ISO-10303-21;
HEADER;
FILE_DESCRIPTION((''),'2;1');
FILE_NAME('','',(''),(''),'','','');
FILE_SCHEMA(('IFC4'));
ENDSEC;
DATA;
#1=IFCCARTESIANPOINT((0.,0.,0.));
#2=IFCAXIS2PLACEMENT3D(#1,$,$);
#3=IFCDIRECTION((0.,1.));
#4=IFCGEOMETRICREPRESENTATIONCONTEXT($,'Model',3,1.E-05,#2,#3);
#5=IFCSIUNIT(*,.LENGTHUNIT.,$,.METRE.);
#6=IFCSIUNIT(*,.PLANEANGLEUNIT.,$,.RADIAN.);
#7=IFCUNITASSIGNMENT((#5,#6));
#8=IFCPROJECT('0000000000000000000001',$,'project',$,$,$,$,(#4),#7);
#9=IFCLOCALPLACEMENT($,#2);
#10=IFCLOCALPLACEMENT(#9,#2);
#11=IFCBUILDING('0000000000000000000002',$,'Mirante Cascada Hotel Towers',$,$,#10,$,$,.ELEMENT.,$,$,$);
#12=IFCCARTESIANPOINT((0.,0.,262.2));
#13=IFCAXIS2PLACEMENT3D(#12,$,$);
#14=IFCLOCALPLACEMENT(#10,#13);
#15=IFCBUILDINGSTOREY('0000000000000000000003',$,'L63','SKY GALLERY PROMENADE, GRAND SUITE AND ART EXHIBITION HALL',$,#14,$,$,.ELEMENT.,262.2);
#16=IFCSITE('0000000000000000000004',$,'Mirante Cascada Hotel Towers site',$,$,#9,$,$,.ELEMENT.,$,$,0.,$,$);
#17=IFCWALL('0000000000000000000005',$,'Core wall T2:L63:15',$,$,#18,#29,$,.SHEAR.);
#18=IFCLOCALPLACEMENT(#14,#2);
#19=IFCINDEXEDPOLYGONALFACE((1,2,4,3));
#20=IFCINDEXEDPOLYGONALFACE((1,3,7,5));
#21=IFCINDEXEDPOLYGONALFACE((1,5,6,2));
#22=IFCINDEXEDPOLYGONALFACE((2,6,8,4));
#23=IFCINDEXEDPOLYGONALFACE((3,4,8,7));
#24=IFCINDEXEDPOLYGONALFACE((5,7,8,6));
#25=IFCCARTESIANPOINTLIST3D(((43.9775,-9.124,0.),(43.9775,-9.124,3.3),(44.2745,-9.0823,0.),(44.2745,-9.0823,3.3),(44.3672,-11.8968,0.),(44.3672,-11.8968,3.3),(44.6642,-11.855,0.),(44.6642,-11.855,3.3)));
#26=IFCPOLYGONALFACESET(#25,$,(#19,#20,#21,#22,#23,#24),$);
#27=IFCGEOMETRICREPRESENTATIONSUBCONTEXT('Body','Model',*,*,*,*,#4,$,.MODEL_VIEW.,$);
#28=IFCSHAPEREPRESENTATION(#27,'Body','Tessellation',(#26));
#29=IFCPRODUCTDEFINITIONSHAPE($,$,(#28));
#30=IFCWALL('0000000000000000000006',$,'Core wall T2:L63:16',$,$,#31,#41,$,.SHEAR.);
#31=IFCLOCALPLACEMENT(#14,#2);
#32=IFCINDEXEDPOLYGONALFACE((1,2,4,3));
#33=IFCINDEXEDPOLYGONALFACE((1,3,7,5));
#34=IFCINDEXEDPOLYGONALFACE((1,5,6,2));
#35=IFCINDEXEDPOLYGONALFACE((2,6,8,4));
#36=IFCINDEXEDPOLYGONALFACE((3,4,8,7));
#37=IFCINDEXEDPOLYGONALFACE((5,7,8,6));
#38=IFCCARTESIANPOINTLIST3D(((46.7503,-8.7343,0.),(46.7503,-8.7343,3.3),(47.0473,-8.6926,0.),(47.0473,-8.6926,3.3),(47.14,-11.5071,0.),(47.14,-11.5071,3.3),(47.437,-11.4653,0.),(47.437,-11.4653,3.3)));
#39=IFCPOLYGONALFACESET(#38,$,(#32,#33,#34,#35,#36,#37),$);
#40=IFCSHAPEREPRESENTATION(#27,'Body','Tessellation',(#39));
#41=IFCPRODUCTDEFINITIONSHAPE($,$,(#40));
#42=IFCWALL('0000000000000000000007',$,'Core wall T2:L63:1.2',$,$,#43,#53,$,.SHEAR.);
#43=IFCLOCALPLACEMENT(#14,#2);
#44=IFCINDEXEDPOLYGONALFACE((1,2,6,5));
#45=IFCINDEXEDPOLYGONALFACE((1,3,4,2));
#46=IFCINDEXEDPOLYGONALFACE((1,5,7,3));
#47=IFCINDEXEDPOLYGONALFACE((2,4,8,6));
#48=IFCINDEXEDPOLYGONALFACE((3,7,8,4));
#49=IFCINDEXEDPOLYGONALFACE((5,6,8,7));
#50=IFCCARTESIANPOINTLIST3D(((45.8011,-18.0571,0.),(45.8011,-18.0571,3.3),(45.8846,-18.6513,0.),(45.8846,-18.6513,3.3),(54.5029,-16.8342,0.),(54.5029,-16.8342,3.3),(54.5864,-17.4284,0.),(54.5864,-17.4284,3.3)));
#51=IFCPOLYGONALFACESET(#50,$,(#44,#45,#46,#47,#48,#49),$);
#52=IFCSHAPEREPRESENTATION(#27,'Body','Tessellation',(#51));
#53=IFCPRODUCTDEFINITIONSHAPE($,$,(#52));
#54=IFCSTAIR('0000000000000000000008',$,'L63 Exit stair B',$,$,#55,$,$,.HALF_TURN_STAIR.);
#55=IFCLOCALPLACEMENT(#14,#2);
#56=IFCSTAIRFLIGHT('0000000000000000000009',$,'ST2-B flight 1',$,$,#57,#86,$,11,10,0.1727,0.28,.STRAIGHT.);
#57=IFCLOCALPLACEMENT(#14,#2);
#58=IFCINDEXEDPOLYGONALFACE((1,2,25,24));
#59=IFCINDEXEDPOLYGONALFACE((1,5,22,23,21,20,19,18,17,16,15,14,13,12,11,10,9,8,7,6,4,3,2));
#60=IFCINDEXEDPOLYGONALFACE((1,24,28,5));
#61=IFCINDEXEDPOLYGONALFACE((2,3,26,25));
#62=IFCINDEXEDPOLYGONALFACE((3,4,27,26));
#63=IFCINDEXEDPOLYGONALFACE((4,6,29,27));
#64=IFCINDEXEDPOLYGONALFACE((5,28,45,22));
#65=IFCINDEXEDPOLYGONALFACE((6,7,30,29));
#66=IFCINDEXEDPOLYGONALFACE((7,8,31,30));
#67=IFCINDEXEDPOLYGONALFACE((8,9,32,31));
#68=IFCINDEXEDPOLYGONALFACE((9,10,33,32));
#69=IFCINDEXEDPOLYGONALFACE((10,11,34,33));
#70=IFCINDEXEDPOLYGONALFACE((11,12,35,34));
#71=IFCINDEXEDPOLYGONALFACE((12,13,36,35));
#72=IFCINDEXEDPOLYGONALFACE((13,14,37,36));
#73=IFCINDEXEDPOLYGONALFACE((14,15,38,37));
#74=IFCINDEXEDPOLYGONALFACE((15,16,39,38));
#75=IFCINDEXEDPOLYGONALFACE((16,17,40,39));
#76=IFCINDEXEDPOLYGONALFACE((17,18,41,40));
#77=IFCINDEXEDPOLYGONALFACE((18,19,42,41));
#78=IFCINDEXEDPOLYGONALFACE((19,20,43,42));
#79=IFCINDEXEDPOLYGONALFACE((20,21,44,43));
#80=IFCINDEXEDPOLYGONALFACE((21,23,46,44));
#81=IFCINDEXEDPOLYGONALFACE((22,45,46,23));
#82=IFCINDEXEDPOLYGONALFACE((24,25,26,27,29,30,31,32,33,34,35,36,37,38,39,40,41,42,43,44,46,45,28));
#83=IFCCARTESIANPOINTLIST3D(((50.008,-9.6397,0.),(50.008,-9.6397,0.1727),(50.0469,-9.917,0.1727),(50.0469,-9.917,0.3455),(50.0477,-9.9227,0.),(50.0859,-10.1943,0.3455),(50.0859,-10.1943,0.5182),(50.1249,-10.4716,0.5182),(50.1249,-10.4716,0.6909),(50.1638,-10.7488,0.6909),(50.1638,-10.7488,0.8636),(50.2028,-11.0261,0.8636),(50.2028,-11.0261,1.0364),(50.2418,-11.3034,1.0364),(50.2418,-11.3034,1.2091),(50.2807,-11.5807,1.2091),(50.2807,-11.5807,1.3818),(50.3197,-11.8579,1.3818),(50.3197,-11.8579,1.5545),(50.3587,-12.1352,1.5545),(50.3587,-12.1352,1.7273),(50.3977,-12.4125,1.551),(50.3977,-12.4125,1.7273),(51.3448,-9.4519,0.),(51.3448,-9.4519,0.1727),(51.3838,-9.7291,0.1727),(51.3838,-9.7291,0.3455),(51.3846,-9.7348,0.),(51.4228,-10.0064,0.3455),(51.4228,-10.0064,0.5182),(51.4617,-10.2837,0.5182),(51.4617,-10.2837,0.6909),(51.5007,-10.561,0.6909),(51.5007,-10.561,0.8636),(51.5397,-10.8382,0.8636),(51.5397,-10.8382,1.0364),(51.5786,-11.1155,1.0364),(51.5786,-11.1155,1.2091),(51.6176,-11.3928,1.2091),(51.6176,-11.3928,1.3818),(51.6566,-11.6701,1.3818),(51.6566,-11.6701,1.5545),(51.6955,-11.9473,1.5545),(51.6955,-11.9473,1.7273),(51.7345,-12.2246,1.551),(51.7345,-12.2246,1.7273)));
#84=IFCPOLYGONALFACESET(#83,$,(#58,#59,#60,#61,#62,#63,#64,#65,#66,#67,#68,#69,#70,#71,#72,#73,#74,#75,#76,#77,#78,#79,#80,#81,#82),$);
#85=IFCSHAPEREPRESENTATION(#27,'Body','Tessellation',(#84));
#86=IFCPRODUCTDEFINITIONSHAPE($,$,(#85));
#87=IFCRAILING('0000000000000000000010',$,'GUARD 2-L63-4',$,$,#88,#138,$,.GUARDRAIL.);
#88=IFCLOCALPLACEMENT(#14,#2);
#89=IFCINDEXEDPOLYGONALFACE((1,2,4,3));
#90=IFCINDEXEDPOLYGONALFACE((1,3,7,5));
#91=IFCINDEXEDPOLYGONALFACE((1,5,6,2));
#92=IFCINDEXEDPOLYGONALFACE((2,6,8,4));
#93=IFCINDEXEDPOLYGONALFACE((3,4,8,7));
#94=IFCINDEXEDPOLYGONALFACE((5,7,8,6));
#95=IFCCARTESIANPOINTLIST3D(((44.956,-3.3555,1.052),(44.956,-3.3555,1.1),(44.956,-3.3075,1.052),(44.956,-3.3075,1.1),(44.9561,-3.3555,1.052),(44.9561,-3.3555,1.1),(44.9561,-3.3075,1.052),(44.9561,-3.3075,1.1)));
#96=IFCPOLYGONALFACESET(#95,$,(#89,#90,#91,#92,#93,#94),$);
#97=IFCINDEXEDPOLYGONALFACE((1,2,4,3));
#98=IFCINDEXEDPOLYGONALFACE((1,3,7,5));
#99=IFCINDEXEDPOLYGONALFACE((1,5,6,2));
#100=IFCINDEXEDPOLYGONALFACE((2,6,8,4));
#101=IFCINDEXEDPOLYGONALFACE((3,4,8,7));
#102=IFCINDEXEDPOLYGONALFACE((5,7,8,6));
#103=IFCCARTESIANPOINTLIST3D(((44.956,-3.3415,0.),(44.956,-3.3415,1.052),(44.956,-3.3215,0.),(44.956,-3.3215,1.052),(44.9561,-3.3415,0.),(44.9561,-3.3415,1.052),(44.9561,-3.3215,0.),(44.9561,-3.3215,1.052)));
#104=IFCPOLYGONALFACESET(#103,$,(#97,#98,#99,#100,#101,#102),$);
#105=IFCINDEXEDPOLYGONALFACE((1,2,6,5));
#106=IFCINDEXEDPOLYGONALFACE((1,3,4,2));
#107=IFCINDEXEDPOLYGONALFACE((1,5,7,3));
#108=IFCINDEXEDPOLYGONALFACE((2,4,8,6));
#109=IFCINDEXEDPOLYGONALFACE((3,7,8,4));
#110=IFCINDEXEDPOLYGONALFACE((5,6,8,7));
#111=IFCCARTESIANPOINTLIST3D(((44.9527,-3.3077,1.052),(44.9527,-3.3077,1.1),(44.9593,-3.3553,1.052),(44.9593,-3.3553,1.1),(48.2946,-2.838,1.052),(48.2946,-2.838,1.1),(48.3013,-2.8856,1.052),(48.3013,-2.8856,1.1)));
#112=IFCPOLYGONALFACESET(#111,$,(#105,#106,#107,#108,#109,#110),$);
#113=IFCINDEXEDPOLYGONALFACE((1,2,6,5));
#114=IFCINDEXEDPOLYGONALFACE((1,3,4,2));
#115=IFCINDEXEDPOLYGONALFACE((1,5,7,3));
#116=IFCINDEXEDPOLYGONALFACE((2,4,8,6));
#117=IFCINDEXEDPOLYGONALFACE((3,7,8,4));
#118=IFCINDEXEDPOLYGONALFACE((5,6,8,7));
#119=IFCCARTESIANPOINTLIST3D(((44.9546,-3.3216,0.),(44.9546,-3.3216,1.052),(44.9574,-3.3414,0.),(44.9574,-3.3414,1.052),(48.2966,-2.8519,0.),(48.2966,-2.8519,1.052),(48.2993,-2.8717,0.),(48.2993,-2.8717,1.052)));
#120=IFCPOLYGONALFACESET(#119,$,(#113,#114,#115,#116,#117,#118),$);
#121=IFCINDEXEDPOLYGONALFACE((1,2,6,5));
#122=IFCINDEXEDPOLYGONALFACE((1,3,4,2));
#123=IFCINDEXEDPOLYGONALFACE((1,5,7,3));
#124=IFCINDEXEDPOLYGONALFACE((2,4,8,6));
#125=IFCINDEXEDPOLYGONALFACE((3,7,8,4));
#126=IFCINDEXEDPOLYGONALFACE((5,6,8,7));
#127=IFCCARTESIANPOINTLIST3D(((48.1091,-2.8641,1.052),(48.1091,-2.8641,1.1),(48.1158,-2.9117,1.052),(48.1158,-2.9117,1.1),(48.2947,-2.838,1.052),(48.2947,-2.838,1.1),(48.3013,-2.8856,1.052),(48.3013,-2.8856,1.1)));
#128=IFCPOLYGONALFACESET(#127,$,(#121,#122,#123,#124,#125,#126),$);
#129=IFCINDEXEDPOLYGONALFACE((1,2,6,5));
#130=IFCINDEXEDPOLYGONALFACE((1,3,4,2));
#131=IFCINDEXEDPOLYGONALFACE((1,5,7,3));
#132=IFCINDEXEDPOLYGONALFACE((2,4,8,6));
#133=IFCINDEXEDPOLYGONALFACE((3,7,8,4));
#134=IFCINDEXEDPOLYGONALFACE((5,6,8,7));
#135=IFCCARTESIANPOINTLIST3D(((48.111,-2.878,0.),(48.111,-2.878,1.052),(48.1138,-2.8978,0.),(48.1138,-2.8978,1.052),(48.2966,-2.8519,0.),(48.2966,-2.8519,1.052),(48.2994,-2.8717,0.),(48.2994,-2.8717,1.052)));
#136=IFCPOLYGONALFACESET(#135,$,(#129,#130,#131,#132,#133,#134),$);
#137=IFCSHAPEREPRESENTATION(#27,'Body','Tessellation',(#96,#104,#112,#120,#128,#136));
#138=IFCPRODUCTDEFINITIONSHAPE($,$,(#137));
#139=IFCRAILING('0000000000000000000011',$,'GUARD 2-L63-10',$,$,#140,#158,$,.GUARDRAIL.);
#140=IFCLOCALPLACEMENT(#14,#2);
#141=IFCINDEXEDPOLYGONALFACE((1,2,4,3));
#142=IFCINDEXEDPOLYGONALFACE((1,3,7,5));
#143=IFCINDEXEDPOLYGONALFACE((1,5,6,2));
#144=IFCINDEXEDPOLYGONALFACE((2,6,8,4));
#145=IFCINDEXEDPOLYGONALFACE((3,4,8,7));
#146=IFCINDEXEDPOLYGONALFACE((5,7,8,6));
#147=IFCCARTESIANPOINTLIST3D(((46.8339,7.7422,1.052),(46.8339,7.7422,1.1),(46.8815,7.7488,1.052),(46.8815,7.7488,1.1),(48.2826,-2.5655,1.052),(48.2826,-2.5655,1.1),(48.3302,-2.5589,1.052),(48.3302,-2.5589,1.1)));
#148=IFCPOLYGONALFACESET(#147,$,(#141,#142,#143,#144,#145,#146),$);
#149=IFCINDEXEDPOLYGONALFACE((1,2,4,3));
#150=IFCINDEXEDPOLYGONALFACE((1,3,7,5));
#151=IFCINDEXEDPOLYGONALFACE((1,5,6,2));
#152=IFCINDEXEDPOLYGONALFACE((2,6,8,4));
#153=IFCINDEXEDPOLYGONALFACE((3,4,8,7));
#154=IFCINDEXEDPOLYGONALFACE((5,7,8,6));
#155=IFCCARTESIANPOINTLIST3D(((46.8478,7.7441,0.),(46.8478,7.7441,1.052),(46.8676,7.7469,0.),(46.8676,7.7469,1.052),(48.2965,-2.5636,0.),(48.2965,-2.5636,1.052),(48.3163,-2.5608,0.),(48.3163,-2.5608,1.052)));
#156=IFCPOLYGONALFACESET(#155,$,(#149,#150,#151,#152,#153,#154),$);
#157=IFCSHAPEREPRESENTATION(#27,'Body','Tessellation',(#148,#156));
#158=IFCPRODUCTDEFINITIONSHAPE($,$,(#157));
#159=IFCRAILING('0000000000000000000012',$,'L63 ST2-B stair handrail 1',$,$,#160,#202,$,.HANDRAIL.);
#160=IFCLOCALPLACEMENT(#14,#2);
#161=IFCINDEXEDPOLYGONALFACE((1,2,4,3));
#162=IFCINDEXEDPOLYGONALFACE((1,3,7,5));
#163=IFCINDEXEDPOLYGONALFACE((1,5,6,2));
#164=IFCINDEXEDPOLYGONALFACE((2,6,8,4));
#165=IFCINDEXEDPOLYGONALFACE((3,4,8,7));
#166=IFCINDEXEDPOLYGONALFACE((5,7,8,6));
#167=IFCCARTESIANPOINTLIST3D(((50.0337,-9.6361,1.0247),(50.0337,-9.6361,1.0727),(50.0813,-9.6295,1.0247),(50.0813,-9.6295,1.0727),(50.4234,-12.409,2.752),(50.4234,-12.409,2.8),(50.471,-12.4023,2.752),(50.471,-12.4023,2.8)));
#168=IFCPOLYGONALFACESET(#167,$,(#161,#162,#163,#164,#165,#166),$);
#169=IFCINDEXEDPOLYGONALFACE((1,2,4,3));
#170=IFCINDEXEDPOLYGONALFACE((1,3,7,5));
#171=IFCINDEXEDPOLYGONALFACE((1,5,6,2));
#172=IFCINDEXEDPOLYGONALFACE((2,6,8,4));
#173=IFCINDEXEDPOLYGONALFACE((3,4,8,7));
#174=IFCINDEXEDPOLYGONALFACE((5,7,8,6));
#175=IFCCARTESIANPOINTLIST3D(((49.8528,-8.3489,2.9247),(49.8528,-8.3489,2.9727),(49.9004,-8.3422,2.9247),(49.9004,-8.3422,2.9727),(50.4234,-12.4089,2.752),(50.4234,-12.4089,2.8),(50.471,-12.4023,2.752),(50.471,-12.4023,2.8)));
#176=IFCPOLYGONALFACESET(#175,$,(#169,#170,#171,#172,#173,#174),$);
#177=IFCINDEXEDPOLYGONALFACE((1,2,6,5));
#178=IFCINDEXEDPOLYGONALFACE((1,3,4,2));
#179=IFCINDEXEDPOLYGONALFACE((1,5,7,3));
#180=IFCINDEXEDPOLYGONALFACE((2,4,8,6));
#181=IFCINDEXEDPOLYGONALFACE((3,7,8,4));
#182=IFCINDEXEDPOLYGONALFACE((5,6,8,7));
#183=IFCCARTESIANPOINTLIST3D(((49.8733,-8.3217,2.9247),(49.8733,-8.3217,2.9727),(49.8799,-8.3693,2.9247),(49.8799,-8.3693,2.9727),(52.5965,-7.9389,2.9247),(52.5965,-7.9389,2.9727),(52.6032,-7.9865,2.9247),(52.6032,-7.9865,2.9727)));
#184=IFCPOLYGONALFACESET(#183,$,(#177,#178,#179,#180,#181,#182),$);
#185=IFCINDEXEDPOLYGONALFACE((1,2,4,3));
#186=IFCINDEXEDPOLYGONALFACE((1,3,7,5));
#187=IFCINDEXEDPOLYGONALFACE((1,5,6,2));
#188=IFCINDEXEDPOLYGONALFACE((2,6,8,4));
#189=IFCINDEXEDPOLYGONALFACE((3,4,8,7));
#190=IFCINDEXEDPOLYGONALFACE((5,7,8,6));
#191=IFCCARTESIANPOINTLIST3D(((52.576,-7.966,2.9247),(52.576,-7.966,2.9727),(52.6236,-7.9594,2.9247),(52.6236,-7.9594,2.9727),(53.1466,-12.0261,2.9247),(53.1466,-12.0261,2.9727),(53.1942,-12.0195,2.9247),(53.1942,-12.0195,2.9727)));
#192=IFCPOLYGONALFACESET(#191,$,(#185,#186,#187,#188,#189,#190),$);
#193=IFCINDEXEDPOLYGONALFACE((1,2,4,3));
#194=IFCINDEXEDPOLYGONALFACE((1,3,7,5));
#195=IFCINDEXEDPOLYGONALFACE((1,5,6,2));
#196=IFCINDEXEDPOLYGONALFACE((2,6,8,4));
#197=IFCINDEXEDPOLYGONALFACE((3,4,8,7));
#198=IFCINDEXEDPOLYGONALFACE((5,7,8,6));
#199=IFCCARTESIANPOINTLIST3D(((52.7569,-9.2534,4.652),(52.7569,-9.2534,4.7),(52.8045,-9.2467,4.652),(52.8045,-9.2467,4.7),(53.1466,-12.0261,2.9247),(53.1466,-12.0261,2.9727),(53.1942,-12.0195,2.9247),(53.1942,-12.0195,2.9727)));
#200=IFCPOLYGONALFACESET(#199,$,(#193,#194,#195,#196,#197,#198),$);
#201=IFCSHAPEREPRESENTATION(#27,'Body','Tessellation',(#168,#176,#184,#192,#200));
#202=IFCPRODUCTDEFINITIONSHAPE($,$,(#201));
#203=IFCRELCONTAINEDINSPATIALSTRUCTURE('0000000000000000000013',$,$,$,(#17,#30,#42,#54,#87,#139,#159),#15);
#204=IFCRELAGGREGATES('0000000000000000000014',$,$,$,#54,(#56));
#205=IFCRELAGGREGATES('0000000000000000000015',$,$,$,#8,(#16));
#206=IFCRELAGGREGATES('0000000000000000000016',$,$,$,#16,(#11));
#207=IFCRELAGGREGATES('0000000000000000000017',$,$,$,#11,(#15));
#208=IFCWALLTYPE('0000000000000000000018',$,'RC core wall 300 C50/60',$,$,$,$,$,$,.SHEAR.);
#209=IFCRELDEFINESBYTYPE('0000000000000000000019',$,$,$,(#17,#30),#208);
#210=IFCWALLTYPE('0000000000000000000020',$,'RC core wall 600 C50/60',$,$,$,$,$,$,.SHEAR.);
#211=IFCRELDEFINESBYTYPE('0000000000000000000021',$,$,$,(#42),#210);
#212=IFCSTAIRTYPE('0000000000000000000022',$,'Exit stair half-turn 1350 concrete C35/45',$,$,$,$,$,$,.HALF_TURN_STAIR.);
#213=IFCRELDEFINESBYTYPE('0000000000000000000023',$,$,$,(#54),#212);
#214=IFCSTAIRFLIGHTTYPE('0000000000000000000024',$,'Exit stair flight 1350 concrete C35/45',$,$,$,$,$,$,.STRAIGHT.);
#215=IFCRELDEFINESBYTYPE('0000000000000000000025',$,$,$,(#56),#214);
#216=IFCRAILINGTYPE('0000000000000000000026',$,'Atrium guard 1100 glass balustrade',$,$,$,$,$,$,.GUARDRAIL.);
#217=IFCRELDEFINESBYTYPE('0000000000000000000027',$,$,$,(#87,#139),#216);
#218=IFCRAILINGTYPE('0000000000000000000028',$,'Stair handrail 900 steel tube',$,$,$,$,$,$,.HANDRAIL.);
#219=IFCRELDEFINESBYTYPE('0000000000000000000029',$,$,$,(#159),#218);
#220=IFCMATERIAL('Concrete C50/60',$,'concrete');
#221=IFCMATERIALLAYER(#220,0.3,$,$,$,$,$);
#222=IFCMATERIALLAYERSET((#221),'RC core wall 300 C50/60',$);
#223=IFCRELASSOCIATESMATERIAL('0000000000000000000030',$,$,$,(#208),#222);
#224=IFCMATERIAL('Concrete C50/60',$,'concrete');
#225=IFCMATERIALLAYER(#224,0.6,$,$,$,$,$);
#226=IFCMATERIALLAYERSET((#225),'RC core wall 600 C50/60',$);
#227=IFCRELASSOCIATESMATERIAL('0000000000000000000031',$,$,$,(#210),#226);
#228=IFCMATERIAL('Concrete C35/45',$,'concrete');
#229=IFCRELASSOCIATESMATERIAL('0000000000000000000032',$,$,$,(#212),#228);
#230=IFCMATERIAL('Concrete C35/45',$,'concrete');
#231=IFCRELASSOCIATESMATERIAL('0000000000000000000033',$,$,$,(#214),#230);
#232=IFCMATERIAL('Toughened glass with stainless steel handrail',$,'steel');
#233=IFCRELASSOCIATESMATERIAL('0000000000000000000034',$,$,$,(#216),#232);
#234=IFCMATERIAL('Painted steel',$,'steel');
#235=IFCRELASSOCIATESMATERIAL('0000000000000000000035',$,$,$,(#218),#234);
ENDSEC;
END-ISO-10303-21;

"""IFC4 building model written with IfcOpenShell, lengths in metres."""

from ifc_helpers import new_model, si_unit, direction, frame, frame_2d, origin, origin_2d, place, context, subcontext, project, spatial, polyline, rectangle, outline, extrude, material, layer, layer_set, type_object, element, aggregate, save


model = new_model("IFC4")

# Units and contexts
model_context = context("Model", 3, precision=1e-05, world=origin(), true_north=direction((0.0, 1.0)))
body_context = subcontext(model_context, "Body", "Model", "MODEL_VIEW")
ifc_project = project(units=[si_unit("LENGTHUNIT", "METRE"), si_unit("PLANEANGLEUNIT", "RADIAN")], contexts=[model_context])

# Site, building, storey
site_placement = place(None, origin())
site = spatial("IfcSite", under=ifc_project, at=site_placement, Name="Mirante Cascada Hotel Towers site", CompositionType="ELEMENT", RefElevation=0.0)
building_placement = place(site_placement, origin())
building = spatial("IfcBuilding", under=site, at=building_placement, Name="Mirante Cascada Hotel Towers", CompositionType="ELEMENT")
storey_placement = place(building_placement, frame((0.0, 0.0, 262.2)))
storey = spatial("IfcBuildingStorey", under=building, at=storey_placement, Name="L63", Description="SKY GALLERY PROMENADE, GRAND SUITE AND ART EXHIBITION HALL", CompositionType="ELEMENT", Elevation=262.2)

# Shared definitions
ifc_material_1 = material(Name="Concrete C50/60", Category="concrete")
ifc_layer_1 = layer(ifc_material_1, 0.3)
ifc_layer_set_1 = layer_set([ifc_layer_1], Name="RC core wall 300 C50/60")
wall_type_1 = type_object("IfcWallType", Name="RC core wall 300 C50/60", PredefinedType="SHEAR", material=ifc_layer_set_1)

# Walls
for number, where, z_axis, x_axis, name in (
    (1, (44.5157, -11.8759, 0.0), (0.0, 0.0, 1.0), (-0.139181, 0.990267, 0.0), "Core wall T2:L63:15"),
    (2, (47.2885, -11.4862, 0.0), (0.0, 0.0, 1.0), (-0.139181, 0.990267, 0.0), "Core wall T2:L63:16"),
):
    element("IfcWall", number, at=place(storey_placement, frame(where, z_axis=z_axis, x_axis=x_axis)), inside=storey, type_object=wall_type_1, Name=name, PredefinedType="SHEAR", context=body_context, shape_type="SweptSolid", body=[
        extrude(rectangle(XDim=2.8, YDim=0.3, at=frame_2d((1.4, 0.0))), origin(), (0.0, 0.0, 1.0), 3.3),
    ])
ifc_material_2 = material(Name="Concrete C50/60", Category="concrete")
ifc_layer_2 = layer(ifc_material_2, 0.6)
ifc_layer_set_2 = layer_set([ifc_layer_2], Name="RC core wall 600 C50/60")
wall_type_2 = type_object("IfcWallType", Name="RC core wall 600 C50/60", PredefinedType="SHEAR", material=ifc_layer_set_2)
wall_1_placement = place(storey_placement, frame((45.8429, -18.3542, 0.0), z_axis=(0.0, 0.0, 1.0), x_axis=(0.990269, 0.139167, 0.0)))
element("IfcWall", 3, at=wall_1_placement, inside=storey, type_object=wall_type_2, Name="Core wall T2:L63:1.2", PredefinedType="SHEAR", context=body_context, shape_type="SweptSolid", body=[
    extrude(rectangle(XDim=8.7873, YDim=0.6, at=frame_2d((4.3936, 0.0))), origin(), (0.0, 0.0, 1.0), 3.3),
])

# Stair, stair flight
ifc_material_3 = material(Name="Concrete C35/45", Category="concrete")
stair_type = type_object("IfcStairType", Name="Exit stair half-turn 1350 concrete C35/45", PredefinedType="HALF_TURN_STAIR", material=ifc_material_3)
stair_placement = place(storey_placement, origin())
stair = element("IfcStair", 4, at=stair_placement, inside=storey, type_object=stair_type, Name="L63 Exit stair B", PredefinedType="HALF_TURN_STAIR")
ifc_material_4 = material(Name="Concrete C35/45", Category="concrete")
stair_flight_type = type_object("IfcStairFlightType", Name="Exit stair flight 1350 concrete C35/45", PredefinedType="STRAIGHT", material=ifc_material_4)
stair_flight_placement = place(storey_placement, frame((50.6764, -9.5458, 0.0), z_axis=(0.0, 0.0, 1.0), x_axis=(0.139173, -0.990268, 0.0)))
stair_flight = element("IfcStairFlight", 5, at=stair_flight_placement, type_object=stair_flight_type, Name="ST2-B flight 1", NumberOfRisers=11, NumberOfTreads=10, PredefinedType="STRAIGHT", RiserHeight=0.1727, TreadLength=0.28, context=body_context, shape_type="SweptSolid", body=[
    extrude(outline(polyline([(0.0, 0.0), (0.0, 0.1727), (0.28, 0.1727), (0.28, 0.3455), (0.56, 0.3455), (0.56, 0.5182), (0.84, 0.5182), (0.84, 0.6909), (1.12, 0.6909), (1.12, 0.8636), (1.4, 0.8636), (1.4, 1.0364), (1.68, 1.0364), (1.68, 1.2091), (1.96, 1.2091), (1.96, 1.3818), (2.24, 1.3818), (2.24, 1.5545), (2.52, 1.5545), (2.52, 1.7273), (2.8, 1.7273), (2.8, 1.9), (2.8, 1.551), (0.2857, 0.0), (0.0, 0.0)])), frame((0.0, 0.675, 0.0), z_axis=(0.0, -1.0, 0.0), x_axis=(1.0, 0.0, 0.0)), (0.0, 0.0, 1.0), 1.35),
])
aggregate(stair, [stair_flight])

# Railings
ifc_material_5 = material(Name="Toughened glass with stainless steel handrail", Category="steel")
railing_type_1 = type_object("IfcRailingType", Name="Atrium guard 1100 glass balustrade", PredefinedType="GUARDRAIL", material=ifc_material_5)
railing_1_placement = place(storey_placement, frame((44.9561, -3.3315, 0.0)))
element("IfcRailing", 6, at=railing_1_placement, inside=storey, type_object=railing_type_1, Name="GUARD 2-L63-4", PredefinedType="GUARDRAIL", context=body_context, shape_type="SweptSolid", body=[
    extrude(rectangle(XDim=0.048, YDim=0.048, at=origin_2d()), frame((0.0, 0.0, 1.076), z_axis=(-1.0, 0.0, 0.0), x_axis=(0.0, -1.0, 0.0)), (0.0, 0.0, 1.0), 0.0001),
    extrude(rectangle(XDim=0.02, YDim=1.052, at=origin_2d()), frame((0.0, 0.0, 0.526), z_axis=(-1.0, 0.0, 0.0), x_axis=(0.0, -1.0, 0.0)), (0.0, 0.0, 1.0), 0.0001),
    extrude(rectangle(XDim=0.048, YDim=0.048, at=origin_2d()), frame((-0.0001, 0.0, 1.076), z_axis=(0.990268, 0.139177, 0.0), x_axis=(-0.139177, 0.990268, 0.0)), (0.0, 0.0, 1.0), 3.3748),
    extrude(rectangle(XDim=0.02, YDim=1.052, at=origin_2d()), frame((-0.0001, 0.0, 0.526), z_axis=(0.990268, 0.139177, 0.0), x_axis=(-0.139177, 0.990268, 0.0)), (0.0, 0.0, 1.0), 3.3748),
    extrude(rectangle(XDim=0.048, YDim=0.048, at=origin_2d()), frame((3.3419, 0.4697, 1.076), z_axis=(-0.990257, -0.139255, 0.0), x_axis=(0.139255, -0.990257, 0.0)), (0.0, 0.0, 1.0), 0.1874),
    extrude(rectangle(XDim=0.02, YDim=1.052, at=origin_2d()), frame((3.3419, 0.4697, 0.526), z_axis=(-0.990257, -0.139255, 0.0), x_axis=(0.139255, -0.990257, 0.0)), (0.0, 0.0, 1.0), 0.1874),
])
railing_2_placement = place(storey_placement, frame((48.3064, -2.5622, 0.0)))
element("IfcRailing", 7, at=railing_2_placement, inside=storey, type_object=railing_type_1, Name="GUARD 2-L63-10", PredefinedType="GUARDRAIL", context=body_context, shape_type="SweptSolid", body=[
    extrude(rectangle(XDim=0.048, YDim=0.048, at=origin_2d()), frame((0.0, 0.0, 1.076), z_axis=(-0.139178, 0.990267, 0.0), x_axis=(-0.990267, -0.139178, 0.0)), (0.0, 0.0, 1.0), 10.409),
    extrude(rectangle(XDim=0.02, YDim=1.052, at=origin_2d()), frame((0.0, 0.0, 0.526), z_axis=(-0.139178, 0.990267, 0.0), x_axis=(-0.990267, -0.139178, 0.0)), (0.0, 0.0, 1.0), 10.409),
])
ifc_material_6 = material(Name="Painted steel", Category="steel")
railing_type_2 = type_object("IfcRailingType", Name="Stair handrail 900 steel tube", PredefinedType="HANDRAIL", material=ifc_material_6)
railing_3_placement = place(storey_placement, frame((50.0575, -9.6328, 0.1727)))
element("IfcRailing", 8, at=railing_3_placement, inside=storey, type_object=railing_type_2, Name="L63 ST2-B stair handrail 1", PredefinedType="HANDRAIL", context=body_context, shape_type="SweptSolid", body=[
    extrude(rectangle(XDim=0.048, YDim=0.048, at=origin_2d()), frame((0.0, 0.0, 0.876), z_axis=(0.139176, -0.990268, 0.0), x_axis=(0.990268, 0.139176, 0.0)), (0.0, 0.525021, 0.851089), 3.29),
    extrude(rectangle(XDim=0.048, YDim=0.048, at=origin_2d()), frame((0.3897, -2.7728, 2.6033), z_axis=(-0.139171, 0.990268, 0.0), x_axis=(-0.990268, -0.139171, 0.0)), (0.0, 0.042085, 0.999114), 4.1036),
    extrude(rectangle(XDim=0.048, YDim=0.048, at=origin_2d()), frame((-0.1809, 1.2873, 2.776), z_axis=(0.990264, 0.139201, 0.0), x_axis=(-0.139201, 0.990264, 0.0)), (0.0, 0.0, 1.0), 2.75),
    extrude(rectangle(XDim=0.048, YDim=0.048, at=origin_2d()), frame((2.5423, 1.6701, 2.776), z_axis=(0.139171, -0.990268, 0.0), x_axis=(0.990268, 0.139171, 0.0)), (0.0, 0.0, 1.0), 4.1),
    extrude(rectangle(XDim=0.048, YDim=0.048, at=origin_2d()), frame((3.1129, -2.39, 2.776), z_axis=(-0.139181, 0.990267, 0.0), x_axis=(-0.990267, -0.139181, 0.0)), (0.0, 0.525035, 0.851081), 3.2899),
])

save(model, "model.ifc")
